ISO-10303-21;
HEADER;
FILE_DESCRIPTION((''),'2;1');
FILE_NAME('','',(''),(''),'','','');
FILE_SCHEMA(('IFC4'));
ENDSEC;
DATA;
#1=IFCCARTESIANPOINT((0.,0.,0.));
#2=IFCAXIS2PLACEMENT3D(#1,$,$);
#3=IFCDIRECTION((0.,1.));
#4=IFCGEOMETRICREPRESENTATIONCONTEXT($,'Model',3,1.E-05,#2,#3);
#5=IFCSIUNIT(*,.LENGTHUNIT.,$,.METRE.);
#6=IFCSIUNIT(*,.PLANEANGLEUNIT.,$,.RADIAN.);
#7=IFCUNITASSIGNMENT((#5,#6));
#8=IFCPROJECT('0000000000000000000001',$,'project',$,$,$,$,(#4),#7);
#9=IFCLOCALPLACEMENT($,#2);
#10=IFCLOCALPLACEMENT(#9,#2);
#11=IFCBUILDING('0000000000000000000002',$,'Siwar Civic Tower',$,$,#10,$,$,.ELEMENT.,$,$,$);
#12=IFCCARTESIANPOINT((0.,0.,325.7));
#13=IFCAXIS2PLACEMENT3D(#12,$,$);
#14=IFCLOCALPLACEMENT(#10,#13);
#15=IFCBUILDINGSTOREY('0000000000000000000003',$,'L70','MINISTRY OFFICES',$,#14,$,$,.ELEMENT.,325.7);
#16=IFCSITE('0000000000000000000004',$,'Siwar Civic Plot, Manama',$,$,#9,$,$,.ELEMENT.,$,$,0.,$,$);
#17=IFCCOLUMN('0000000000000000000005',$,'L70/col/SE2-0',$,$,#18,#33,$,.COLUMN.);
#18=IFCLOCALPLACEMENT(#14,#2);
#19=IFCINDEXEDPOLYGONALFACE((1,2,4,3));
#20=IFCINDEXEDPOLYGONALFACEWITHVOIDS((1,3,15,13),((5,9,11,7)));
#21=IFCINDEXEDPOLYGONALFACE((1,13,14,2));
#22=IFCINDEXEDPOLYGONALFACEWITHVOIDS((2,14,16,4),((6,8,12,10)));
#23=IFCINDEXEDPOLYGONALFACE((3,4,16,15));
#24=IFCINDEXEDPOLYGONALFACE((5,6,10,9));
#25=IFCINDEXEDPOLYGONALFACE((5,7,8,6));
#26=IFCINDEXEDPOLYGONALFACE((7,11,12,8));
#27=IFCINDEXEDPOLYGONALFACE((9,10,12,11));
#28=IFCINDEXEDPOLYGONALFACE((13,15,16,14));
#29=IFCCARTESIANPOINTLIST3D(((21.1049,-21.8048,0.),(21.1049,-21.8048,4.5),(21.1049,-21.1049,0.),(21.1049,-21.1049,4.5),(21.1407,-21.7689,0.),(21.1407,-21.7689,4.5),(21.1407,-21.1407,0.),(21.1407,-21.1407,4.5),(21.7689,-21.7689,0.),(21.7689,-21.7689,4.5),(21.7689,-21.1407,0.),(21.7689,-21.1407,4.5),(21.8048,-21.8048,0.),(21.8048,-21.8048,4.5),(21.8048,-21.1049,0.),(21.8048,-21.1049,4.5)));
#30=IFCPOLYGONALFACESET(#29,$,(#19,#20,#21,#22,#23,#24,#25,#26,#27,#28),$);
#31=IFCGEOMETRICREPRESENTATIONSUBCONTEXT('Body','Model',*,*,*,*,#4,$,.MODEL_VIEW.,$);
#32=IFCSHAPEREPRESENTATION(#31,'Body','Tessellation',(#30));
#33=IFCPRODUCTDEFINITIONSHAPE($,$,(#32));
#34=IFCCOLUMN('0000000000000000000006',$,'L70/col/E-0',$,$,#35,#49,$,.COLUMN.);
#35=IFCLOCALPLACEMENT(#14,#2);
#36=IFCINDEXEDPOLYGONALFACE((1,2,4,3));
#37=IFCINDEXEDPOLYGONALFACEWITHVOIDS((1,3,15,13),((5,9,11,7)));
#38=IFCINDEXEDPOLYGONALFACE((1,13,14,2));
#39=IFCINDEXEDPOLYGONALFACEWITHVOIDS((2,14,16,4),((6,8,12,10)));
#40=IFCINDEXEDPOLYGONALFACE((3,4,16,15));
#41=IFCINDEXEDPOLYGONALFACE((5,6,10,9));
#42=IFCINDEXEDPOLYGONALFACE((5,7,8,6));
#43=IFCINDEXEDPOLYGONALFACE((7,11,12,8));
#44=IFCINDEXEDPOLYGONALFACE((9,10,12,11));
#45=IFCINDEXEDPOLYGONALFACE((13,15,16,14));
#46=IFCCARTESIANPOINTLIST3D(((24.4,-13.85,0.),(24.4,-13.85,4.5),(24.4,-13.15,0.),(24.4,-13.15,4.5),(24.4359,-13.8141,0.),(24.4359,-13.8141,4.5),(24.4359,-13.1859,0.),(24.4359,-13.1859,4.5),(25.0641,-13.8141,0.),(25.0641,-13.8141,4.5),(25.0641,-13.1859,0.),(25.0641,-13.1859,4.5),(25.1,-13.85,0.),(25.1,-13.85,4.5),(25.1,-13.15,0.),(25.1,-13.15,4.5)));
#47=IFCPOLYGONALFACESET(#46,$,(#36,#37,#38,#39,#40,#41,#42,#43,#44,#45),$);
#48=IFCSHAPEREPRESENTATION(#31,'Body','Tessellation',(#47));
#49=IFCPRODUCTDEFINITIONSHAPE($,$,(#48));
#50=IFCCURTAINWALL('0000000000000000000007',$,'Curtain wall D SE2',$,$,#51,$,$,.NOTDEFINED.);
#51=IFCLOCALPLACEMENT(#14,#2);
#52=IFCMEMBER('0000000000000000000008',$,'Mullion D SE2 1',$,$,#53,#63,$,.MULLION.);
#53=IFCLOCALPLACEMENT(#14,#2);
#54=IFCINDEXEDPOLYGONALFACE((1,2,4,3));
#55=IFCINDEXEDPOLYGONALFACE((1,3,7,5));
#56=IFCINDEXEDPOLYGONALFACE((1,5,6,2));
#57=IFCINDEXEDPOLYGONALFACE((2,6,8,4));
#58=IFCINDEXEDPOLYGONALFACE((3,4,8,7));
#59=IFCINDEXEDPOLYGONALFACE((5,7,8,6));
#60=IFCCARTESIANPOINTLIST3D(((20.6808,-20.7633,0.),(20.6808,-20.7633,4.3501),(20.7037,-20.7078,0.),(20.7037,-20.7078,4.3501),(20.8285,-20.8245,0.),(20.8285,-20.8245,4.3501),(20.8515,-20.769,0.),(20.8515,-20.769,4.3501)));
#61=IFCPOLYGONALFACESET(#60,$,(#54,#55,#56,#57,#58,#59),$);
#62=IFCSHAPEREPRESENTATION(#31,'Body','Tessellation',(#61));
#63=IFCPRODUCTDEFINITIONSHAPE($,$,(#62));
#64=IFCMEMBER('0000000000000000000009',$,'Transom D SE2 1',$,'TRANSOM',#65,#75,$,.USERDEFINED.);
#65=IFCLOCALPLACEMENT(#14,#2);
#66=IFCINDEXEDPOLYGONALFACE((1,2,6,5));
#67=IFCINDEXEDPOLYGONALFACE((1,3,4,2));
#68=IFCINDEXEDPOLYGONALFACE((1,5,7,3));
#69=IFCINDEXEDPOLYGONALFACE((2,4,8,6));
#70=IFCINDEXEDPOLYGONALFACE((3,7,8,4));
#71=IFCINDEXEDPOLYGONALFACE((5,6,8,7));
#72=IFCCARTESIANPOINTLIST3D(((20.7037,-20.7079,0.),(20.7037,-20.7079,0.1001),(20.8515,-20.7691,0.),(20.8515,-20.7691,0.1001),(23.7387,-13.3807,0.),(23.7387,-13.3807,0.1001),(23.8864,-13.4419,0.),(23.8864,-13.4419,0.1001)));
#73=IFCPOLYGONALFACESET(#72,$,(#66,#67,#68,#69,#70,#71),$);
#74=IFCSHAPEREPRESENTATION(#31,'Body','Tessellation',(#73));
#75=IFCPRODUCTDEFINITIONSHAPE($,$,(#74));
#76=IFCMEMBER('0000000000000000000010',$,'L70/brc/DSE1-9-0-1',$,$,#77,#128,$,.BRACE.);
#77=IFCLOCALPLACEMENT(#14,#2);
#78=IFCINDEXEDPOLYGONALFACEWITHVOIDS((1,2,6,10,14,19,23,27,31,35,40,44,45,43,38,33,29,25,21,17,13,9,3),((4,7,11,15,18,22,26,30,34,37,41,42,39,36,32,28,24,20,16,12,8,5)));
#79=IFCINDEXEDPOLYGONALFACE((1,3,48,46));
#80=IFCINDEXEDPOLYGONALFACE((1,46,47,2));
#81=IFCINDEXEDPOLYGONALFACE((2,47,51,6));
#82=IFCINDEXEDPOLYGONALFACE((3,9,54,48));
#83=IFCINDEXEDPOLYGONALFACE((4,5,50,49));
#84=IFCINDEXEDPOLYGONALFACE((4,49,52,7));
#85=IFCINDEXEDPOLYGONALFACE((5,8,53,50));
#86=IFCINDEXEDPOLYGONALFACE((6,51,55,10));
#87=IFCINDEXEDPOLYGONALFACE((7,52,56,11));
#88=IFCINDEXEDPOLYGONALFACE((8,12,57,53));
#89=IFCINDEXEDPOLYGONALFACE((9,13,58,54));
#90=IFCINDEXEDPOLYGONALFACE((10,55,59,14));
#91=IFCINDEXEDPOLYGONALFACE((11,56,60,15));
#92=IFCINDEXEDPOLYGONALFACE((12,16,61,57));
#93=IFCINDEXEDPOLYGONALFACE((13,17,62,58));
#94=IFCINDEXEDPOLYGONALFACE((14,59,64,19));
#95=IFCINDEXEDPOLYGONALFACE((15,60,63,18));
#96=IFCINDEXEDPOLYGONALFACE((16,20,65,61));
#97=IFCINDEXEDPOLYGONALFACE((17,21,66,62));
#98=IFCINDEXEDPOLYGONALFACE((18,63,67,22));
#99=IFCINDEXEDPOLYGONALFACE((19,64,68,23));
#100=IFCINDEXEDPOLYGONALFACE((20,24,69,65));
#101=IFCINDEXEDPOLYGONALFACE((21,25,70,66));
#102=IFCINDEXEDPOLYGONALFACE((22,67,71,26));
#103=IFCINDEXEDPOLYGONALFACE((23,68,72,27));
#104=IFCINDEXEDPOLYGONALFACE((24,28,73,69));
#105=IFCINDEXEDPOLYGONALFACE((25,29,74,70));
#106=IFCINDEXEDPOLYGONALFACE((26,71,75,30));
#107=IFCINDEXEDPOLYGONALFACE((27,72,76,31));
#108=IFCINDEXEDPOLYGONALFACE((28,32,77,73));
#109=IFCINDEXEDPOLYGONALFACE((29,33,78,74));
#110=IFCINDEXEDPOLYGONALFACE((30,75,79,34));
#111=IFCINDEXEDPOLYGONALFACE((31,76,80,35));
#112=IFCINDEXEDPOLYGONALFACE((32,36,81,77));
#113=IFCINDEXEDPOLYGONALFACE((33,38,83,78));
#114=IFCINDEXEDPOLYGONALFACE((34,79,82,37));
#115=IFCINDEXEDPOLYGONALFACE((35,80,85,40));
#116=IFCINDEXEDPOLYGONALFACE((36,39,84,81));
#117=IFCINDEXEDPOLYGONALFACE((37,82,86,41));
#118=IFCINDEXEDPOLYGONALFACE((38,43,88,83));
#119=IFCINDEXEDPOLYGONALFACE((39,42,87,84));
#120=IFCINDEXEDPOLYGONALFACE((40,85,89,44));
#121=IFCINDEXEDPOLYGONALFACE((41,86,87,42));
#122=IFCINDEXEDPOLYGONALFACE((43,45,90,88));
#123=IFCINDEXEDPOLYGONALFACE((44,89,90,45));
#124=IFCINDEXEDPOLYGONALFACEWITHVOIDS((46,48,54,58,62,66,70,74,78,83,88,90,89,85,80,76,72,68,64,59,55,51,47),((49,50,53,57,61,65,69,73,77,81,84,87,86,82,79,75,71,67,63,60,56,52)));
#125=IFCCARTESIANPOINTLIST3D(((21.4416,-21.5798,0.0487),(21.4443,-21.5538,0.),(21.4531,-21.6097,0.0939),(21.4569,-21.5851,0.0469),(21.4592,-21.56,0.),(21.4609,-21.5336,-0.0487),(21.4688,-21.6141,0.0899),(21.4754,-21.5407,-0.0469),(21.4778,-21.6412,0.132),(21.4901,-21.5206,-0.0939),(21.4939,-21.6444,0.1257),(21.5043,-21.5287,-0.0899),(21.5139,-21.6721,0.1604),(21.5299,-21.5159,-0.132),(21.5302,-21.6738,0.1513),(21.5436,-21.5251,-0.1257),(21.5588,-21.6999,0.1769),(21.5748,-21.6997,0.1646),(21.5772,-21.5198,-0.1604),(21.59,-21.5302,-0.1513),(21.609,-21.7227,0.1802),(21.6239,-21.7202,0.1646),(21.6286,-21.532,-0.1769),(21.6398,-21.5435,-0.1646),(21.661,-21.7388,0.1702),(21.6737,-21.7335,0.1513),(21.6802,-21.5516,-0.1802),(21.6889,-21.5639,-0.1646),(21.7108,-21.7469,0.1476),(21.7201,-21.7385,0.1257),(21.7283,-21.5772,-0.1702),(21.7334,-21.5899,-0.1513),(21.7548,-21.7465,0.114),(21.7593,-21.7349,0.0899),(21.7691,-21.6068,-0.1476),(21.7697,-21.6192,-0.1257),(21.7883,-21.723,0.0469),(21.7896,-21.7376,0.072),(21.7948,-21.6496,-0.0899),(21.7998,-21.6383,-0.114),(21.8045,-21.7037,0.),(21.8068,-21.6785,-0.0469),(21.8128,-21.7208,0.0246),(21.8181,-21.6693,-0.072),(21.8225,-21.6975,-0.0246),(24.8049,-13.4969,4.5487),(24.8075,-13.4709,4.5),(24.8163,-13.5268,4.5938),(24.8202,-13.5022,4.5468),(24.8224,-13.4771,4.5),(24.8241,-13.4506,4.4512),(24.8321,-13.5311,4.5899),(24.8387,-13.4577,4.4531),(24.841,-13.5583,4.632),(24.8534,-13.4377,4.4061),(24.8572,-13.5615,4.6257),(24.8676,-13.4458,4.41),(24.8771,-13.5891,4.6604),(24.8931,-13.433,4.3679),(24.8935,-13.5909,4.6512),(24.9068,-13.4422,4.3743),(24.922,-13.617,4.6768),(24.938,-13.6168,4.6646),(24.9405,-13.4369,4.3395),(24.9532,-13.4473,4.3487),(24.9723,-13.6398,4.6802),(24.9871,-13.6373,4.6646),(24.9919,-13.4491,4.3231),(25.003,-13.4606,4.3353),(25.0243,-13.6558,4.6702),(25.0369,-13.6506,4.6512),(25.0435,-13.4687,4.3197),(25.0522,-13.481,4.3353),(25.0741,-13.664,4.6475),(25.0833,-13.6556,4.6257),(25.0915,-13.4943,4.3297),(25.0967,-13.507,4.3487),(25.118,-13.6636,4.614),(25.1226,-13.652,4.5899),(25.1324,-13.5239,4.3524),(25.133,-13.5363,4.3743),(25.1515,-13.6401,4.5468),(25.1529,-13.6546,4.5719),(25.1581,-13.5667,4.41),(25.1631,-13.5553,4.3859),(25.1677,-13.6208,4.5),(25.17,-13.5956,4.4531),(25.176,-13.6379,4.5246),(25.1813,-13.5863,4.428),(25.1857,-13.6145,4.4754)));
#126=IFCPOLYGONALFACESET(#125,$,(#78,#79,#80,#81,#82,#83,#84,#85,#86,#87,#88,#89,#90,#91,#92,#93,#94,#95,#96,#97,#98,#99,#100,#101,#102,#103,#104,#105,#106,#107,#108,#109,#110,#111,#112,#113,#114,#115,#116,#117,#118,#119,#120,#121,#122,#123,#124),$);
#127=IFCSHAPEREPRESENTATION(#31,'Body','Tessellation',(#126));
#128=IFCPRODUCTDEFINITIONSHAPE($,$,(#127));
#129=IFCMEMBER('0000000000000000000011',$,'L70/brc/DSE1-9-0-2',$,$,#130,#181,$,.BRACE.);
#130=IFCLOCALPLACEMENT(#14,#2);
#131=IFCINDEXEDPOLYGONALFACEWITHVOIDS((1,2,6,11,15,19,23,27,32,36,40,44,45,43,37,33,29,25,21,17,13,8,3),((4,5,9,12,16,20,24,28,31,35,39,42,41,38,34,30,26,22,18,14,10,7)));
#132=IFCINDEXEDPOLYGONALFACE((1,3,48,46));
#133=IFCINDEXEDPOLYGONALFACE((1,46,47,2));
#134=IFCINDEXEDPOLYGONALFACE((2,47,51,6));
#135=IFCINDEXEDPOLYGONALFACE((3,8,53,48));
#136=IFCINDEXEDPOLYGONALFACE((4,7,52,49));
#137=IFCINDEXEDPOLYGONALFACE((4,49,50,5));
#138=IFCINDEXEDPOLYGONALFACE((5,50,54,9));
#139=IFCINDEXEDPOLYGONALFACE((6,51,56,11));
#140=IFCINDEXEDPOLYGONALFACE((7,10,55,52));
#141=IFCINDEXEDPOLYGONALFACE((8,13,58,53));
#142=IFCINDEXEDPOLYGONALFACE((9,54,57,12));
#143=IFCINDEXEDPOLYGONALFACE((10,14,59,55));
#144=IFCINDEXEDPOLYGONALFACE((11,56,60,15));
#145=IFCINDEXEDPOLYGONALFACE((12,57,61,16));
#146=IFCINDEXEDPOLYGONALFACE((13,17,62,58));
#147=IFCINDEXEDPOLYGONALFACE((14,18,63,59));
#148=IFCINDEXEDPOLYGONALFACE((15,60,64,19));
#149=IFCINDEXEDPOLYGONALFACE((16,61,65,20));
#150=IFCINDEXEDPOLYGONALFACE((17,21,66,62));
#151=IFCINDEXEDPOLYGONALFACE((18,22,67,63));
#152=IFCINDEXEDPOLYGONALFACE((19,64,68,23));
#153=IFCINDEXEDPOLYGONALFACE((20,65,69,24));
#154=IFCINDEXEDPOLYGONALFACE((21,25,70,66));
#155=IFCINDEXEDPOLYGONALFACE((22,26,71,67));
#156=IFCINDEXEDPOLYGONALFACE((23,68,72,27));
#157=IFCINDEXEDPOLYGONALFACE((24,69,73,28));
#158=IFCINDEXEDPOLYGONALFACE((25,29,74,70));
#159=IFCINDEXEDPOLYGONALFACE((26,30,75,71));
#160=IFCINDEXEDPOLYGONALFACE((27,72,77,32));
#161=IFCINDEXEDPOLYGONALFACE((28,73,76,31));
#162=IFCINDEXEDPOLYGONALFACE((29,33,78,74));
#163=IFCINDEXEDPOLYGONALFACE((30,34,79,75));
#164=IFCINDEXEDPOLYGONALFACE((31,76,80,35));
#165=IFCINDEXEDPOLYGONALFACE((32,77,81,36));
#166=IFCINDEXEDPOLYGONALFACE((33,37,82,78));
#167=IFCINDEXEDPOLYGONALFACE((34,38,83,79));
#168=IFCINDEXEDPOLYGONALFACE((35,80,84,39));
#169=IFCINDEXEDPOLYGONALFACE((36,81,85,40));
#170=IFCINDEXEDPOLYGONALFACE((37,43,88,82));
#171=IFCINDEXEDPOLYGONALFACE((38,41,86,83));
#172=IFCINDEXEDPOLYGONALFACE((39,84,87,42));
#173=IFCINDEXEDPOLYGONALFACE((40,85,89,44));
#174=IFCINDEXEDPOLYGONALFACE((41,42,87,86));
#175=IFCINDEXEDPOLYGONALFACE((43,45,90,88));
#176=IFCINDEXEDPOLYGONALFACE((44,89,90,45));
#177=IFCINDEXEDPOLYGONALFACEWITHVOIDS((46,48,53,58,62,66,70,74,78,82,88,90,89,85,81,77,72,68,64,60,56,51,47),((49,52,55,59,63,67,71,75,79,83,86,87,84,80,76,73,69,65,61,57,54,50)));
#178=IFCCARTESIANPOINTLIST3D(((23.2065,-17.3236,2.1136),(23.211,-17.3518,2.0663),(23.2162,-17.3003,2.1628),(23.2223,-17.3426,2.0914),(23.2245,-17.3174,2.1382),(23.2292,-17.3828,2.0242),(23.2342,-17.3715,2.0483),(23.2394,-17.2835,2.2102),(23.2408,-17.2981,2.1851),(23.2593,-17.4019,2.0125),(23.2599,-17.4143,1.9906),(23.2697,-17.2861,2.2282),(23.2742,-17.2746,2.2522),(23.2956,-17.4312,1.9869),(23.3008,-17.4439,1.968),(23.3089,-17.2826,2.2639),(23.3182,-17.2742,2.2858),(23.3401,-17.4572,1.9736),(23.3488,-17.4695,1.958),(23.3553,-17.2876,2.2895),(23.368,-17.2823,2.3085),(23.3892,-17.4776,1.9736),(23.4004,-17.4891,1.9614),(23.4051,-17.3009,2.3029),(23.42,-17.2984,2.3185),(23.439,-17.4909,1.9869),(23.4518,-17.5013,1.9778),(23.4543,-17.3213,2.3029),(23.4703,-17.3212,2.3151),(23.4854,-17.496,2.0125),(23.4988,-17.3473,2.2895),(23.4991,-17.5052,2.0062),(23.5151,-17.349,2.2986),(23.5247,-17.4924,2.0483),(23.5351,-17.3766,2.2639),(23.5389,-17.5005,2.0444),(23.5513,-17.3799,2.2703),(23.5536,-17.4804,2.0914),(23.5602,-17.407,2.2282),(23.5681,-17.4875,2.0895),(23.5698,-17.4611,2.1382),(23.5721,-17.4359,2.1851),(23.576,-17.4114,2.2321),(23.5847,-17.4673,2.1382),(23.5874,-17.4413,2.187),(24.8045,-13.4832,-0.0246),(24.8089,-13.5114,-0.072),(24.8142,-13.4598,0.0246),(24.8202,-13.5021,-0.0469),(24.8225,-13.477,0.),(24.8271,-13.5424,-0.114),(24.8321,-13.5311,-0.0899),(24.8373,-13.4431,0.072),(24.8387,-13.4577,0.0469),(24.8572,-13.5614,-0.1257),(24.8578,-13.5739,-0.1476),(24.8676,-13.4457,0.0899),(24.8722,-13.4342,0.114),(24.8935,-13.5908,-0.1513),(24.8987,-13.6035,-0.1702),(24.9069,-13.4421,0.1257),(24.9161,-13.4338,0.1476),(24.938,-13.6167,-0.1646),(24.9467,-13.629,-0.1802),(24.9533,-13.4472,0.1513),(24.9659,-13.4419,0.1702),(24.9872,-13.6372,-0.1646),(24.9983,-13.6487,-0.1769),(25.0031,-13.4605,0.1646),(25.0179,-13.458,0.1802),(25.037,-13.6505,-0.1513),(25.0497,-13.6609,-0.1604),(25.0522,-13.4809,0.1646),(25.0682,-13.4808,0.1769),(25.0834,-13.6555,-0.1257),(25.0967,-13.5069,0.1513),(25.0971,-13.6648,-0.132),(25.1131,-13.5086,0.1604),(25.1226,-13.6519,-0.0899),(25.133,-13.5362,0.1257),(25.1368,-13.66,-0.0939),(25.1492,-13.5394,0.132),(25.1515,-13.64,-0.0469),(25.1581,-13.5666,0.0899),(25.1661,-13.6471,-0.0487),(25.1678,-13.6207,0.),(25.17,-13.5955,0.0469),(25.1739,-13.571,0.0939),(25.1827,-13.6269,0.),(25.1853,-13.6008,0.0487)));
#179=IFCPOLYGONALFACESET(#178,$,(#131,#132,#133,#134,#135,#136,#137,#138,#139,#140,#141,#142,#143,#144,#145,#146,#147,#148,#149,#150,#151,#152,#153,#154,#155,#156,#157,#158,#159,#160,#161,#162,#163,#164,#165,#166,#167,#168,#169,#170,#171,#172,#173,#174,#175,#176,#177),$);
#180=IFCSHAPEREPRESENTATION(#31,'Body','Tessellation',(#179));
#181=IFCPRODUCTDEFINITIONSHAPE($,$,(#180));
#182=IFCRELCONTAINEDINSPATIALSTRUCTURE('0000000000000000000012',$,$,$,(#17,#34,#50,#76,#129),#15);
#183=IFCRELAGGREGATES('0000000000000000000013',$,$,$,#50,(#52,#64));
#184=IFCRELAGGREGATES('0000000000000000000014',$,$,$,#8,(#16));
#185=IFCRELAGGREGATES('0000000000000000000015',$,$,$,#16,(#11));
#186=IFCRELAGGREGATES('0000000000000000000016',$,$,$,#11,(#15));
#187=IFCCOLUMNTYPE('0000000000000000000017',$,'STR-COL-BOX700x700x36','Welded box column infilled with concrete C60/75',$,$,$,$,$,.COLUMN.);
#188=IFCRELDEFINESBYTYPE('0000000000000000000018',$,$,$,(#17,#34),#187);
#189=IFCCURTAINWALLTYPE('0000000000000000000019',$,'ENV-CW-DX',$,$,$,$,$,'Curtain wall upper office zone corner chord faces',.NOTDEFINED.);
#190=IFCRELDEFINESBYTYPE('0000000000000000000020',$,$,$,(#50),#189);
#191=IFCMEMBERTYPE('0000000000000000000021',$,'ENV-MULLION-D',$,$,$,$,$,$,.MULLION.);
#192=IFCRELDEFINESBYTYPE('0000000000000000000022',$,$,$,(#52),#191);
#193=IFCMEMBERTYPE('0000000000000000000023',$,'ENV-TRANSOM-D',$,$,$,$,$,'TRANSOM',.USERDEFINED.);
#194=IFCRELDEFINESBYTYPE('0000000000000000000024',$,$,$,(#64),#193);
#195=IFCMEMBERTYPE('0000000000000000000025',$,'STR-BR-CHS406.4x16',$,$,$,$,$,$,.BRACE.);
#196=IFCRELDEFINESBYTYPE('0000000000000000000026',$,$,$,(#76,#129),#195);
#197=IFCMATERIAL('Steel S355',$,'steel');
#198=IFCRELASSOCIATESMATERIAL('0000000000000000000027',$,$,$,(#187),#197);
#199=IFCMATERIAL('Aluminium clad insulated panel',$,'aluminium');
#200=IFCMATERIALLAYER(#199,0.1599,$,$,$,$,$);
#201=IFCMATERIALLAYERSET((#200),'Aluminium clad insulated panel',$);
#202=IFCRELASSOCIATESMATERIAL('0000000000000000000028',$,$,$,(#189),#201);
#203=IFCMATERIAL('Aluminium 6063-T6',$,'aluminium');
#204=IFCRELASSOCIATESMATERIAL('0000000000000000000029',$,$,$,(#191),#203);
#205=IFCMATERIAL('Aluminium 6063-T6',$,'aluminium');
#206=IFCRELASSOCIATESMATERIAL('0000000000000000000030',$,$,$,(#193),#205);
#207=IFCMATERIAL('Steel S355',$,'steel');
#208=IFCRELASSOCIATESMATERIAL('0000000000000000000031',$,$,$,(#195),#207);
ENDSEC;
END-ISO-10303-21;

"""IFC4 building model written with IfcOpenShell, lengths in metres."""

from ifc_helpers import new_model, si_unit, direction, frame, origin, origin_2d, place, context, subcontext, project, spatial, rectangle, hollow_rectangle, hollow_circle, extrude, material, layer, layer_set, material_profile, profile_set, type_object, element, aggregate, save


model = new_model("IFC4")

# Units and contexts
model_context = context("Model", 3, precision=1e-05, world=origin(), true_north=direction((0.0, 1.0)))
body_context = subcontext(model_context, "Body", "Model", "MODEL_VIEW")
ifc_project = project(units=[si_unit("LENGTHUNIT", "METRE"), si_unit("PLANEANGLEUNIT", "RADIAN")], contexts=[model_context])

# Site, building, storey
site_placement = place(None, origin())
site = spatial("IfcSite", under=ifc_project, at=site_placement, Name="Siwar Civic Plot, Manama", CompositionType="ELEMENT", RefElevation=0.0)
building_placement = place(site_placement, origin())
building = spatial("IfcBuilding", under=site, at=building_placement, Name="Siwar Civic Tower", CompositionType="ELEMENT")
storey_placement = place(building_placement, frame((0.0, 0.0, 325.7)))
storey = spatial("IfcBuildingStorey", under=building, at=storey_placement, Name="L70", Description="MINISTRY OFFICES", CompositionType="ELEMENT", Elevation=325.7)

# Columns
ifc_material_1 = material(Name="Steel S355", Category="steel")
ifc_material_profile_1 = material_profile(ifc_material_1, hollow_rectangle(XDim=0.7, YDim=0.7, WallThickness=0.0359, at=origin_2d()), Name="BOX700x700x36")
ifc_profile_set_1 = profile_set([ifc_material_profile_1], Name="Steel S355")
column_type = type_object("IfcColumnType", Name="STR-COL-BOX700x700x36", Description="Welded box column infilled with concrete C60/75", PredefinedType="COLUMN", material=ifc_profile_set_1)
for number, where, z_axis, x_axis, name in (
    (1, (21.4548, -21.4548, 0.0), (0.0, 0.0, 1.0), (1.0, 0.0, 0.0), "L70/col/SE2-0"),
    (2, (24.75, -13.5, 0.0), (0.0, 0.0, 1.0), (1.0, 0.0, 0.0), "L70/col/E-0"),
):
    element("IfcColumn", number, at=place(storey_placement, frame(where, z_axis=z_axis, x_axis=x_axis)), inside=storey, type_object=column_type, Name=name, PredefinedType="COLUMN", context=body_context, shape_type="SweptSolid", body=[
        extrude(hollow_rectangle(XDim=0.7, YDim=0.7, WallThickness=0.0359, at=origin_2d()), origin(), (0.0, 0.0, 1.0), 4.5),
    ])

# Curtain wall, members
ifc_material_2 = material(Name="Aluminium clad insulated panel", Category="aluminium")
ifc_layer_1 = layer(ifc_material_2, 0.1599)
ifc_layer_set_1 = layer_set([ifc_layer_1], Name="Aluminium clad insulated panel")
curtain_wall_type = type_object("IfcCurtainWallType", Name="ENV-CW-DX", ElementType="Curtain wall upper office zone corner chord faces", PredefinedType="NOTDEFINED", material=ifc_layer_set_1)
curtain_wall_1_placement = place(storey_placement, origin())
curtain_wall_1 = element("IfcCurtainWall", 3, at=curtain_wall_1_placement, inside=storey, type_object=curtain_wall_type, Name="Curtain wall D SE2", PredefinedType="NOTDEFINED")
ifc_material_3 = material(Name="Aluminium 6063-T6", Category="aluminium")
ifc_material_profile_2 = material_profile(ifc_material_3, rectangle(XDim=0.1599, YDim=0.0601, at=origin_2d()), Name="AL 160x60")
ifc_profile_set_2 = profile_set([ifc_material_profile_2], Name="Aluminium 6063-T6")
member_type_1 = type_object("IfcMemberType", Name="ENV-MULLION-D", PredefinedType="MULLION", material=ifc_profile_set_2)
member_1_placement = place(storey_placement, frame((20.7661, -20.7661, 0.0), z_axis=(0.0, 0.0, 1.0), x_axis=(-0.92388, 0.382683, 0.0)))
member_1 = element("IfcMember", 4, at=member_1_placement, type_object=member_type_1, Name="Mullion D SE2 1", PredefinedType="MULLION", context=body_context, shape_type="SweptSolid", body=[
    extrude(rectangle(XDim=0.1599, YDim=0.0601, at=origin_2d()), origin(), (0.0, 0.0, 1.0), 4.3501),
])
ifc_material_4 = material(Name="Aluminium 6063-T6", Category="aluminium")
ifc_material_profile_3 = material_profile(ifc_material_4, rectangle(XDim=0.1599, YDim=0.1001, at=origin_2d()), Name="AL 160x100")
ifc_profile_set_3 = profile_set([ifc_material_profile_3], Name="Aluminium 6063-T6")
member_type_2 = type_object("IfcMemberType", Name="ENV-TRANSOM-D", ElementType="TRANSOM", PredefinedType="USERDEFINED", material=ifc_profile_set_3)
member_2_placement = place(storey_placement, frame((20.7776, -20.7385, 0.05), z_axis=(0.382674, 0.923884, 0.0), x_axis=(-0.923884, 0.382674, 0.0)))
member_2 = element("IfcMember", 5, at=member_2_placement, type_object=member_type_2, Name="Transom D SE2 1", ObjectType="TRANSOM", PredefinedType="USERDEFINED", context=body_context, shape_type="SweptSolid", body=[
    extrude(rectangle(XDim=0.1599, YDim=0.1001, at=origin_2d()), origin(), (0.0, 0.0, 1.0), 7.9309),
])

# Members
ifc_material_5 = material(Name="Steel S355", Category="steel")
ifc_material_profile_4 = material_profile(ifc_material_5, hollow_circle(Radius=0.2031, WallThickness=0.0161, at=origin_2d()), Name="CHS406.4x16")
ifc_profile_set_4 = profile_set([ifc_material_profile_4], Name="Steel S355")
member_type_3 = type_object("IfcMemberType", Name="STR-BR-CHS406.4x16", PredefinedType="BRACE", material=ifc_profile_set_4)
member_3_placement = place(storey_placement, frame((21.6318, -21.6318, 0.0), z_axis=(0.341671, 0.821143, 0.457149), x_axis=(-0.923265, 0.384164, 0.0)))
element("IfcMember", 6, at=member_3_placement, inside=storey, type_object=member_type_3, Name="L70/brc/DSE1-9-0-1", PredefinedType="BRACE", context=body_context, shape_type="SweptSolid", body=[
    extrude(hollow_circle(Radius=0.2031, WallThickness=0.0161, at=origin_2d()), origin(), (0.0, 0.0, 1.0), 9.8435),
])
for number, where, z_axis, x_axis, name in (
    (7, (24.9951, -13.5488, 0.0), (-0.341659, -0.82113, 0.457181), (0.923268, -0.384157, 0.0), "L70/brc/DSE1-9-0-2"),
):
    element("IfcMember", number, at=place(storey_placement, frame(where, z_axis=z_axis, x_axis=x_axis)), inside=storey, type_object=member_type_3, Name=name, PredefinedType="BRACE", context=body_context, shape_type="SweptSolid", body=[
        extrude(hollow_circle(Radius=0.2031, WallThickness=0.0161, at=origin_2d()), origin(), (0.0, 0.0, 1.0), 4.677),
    ])

aggregate(curtain_wall_1, [member_1, member_2])

save(model, "model.ifc")
